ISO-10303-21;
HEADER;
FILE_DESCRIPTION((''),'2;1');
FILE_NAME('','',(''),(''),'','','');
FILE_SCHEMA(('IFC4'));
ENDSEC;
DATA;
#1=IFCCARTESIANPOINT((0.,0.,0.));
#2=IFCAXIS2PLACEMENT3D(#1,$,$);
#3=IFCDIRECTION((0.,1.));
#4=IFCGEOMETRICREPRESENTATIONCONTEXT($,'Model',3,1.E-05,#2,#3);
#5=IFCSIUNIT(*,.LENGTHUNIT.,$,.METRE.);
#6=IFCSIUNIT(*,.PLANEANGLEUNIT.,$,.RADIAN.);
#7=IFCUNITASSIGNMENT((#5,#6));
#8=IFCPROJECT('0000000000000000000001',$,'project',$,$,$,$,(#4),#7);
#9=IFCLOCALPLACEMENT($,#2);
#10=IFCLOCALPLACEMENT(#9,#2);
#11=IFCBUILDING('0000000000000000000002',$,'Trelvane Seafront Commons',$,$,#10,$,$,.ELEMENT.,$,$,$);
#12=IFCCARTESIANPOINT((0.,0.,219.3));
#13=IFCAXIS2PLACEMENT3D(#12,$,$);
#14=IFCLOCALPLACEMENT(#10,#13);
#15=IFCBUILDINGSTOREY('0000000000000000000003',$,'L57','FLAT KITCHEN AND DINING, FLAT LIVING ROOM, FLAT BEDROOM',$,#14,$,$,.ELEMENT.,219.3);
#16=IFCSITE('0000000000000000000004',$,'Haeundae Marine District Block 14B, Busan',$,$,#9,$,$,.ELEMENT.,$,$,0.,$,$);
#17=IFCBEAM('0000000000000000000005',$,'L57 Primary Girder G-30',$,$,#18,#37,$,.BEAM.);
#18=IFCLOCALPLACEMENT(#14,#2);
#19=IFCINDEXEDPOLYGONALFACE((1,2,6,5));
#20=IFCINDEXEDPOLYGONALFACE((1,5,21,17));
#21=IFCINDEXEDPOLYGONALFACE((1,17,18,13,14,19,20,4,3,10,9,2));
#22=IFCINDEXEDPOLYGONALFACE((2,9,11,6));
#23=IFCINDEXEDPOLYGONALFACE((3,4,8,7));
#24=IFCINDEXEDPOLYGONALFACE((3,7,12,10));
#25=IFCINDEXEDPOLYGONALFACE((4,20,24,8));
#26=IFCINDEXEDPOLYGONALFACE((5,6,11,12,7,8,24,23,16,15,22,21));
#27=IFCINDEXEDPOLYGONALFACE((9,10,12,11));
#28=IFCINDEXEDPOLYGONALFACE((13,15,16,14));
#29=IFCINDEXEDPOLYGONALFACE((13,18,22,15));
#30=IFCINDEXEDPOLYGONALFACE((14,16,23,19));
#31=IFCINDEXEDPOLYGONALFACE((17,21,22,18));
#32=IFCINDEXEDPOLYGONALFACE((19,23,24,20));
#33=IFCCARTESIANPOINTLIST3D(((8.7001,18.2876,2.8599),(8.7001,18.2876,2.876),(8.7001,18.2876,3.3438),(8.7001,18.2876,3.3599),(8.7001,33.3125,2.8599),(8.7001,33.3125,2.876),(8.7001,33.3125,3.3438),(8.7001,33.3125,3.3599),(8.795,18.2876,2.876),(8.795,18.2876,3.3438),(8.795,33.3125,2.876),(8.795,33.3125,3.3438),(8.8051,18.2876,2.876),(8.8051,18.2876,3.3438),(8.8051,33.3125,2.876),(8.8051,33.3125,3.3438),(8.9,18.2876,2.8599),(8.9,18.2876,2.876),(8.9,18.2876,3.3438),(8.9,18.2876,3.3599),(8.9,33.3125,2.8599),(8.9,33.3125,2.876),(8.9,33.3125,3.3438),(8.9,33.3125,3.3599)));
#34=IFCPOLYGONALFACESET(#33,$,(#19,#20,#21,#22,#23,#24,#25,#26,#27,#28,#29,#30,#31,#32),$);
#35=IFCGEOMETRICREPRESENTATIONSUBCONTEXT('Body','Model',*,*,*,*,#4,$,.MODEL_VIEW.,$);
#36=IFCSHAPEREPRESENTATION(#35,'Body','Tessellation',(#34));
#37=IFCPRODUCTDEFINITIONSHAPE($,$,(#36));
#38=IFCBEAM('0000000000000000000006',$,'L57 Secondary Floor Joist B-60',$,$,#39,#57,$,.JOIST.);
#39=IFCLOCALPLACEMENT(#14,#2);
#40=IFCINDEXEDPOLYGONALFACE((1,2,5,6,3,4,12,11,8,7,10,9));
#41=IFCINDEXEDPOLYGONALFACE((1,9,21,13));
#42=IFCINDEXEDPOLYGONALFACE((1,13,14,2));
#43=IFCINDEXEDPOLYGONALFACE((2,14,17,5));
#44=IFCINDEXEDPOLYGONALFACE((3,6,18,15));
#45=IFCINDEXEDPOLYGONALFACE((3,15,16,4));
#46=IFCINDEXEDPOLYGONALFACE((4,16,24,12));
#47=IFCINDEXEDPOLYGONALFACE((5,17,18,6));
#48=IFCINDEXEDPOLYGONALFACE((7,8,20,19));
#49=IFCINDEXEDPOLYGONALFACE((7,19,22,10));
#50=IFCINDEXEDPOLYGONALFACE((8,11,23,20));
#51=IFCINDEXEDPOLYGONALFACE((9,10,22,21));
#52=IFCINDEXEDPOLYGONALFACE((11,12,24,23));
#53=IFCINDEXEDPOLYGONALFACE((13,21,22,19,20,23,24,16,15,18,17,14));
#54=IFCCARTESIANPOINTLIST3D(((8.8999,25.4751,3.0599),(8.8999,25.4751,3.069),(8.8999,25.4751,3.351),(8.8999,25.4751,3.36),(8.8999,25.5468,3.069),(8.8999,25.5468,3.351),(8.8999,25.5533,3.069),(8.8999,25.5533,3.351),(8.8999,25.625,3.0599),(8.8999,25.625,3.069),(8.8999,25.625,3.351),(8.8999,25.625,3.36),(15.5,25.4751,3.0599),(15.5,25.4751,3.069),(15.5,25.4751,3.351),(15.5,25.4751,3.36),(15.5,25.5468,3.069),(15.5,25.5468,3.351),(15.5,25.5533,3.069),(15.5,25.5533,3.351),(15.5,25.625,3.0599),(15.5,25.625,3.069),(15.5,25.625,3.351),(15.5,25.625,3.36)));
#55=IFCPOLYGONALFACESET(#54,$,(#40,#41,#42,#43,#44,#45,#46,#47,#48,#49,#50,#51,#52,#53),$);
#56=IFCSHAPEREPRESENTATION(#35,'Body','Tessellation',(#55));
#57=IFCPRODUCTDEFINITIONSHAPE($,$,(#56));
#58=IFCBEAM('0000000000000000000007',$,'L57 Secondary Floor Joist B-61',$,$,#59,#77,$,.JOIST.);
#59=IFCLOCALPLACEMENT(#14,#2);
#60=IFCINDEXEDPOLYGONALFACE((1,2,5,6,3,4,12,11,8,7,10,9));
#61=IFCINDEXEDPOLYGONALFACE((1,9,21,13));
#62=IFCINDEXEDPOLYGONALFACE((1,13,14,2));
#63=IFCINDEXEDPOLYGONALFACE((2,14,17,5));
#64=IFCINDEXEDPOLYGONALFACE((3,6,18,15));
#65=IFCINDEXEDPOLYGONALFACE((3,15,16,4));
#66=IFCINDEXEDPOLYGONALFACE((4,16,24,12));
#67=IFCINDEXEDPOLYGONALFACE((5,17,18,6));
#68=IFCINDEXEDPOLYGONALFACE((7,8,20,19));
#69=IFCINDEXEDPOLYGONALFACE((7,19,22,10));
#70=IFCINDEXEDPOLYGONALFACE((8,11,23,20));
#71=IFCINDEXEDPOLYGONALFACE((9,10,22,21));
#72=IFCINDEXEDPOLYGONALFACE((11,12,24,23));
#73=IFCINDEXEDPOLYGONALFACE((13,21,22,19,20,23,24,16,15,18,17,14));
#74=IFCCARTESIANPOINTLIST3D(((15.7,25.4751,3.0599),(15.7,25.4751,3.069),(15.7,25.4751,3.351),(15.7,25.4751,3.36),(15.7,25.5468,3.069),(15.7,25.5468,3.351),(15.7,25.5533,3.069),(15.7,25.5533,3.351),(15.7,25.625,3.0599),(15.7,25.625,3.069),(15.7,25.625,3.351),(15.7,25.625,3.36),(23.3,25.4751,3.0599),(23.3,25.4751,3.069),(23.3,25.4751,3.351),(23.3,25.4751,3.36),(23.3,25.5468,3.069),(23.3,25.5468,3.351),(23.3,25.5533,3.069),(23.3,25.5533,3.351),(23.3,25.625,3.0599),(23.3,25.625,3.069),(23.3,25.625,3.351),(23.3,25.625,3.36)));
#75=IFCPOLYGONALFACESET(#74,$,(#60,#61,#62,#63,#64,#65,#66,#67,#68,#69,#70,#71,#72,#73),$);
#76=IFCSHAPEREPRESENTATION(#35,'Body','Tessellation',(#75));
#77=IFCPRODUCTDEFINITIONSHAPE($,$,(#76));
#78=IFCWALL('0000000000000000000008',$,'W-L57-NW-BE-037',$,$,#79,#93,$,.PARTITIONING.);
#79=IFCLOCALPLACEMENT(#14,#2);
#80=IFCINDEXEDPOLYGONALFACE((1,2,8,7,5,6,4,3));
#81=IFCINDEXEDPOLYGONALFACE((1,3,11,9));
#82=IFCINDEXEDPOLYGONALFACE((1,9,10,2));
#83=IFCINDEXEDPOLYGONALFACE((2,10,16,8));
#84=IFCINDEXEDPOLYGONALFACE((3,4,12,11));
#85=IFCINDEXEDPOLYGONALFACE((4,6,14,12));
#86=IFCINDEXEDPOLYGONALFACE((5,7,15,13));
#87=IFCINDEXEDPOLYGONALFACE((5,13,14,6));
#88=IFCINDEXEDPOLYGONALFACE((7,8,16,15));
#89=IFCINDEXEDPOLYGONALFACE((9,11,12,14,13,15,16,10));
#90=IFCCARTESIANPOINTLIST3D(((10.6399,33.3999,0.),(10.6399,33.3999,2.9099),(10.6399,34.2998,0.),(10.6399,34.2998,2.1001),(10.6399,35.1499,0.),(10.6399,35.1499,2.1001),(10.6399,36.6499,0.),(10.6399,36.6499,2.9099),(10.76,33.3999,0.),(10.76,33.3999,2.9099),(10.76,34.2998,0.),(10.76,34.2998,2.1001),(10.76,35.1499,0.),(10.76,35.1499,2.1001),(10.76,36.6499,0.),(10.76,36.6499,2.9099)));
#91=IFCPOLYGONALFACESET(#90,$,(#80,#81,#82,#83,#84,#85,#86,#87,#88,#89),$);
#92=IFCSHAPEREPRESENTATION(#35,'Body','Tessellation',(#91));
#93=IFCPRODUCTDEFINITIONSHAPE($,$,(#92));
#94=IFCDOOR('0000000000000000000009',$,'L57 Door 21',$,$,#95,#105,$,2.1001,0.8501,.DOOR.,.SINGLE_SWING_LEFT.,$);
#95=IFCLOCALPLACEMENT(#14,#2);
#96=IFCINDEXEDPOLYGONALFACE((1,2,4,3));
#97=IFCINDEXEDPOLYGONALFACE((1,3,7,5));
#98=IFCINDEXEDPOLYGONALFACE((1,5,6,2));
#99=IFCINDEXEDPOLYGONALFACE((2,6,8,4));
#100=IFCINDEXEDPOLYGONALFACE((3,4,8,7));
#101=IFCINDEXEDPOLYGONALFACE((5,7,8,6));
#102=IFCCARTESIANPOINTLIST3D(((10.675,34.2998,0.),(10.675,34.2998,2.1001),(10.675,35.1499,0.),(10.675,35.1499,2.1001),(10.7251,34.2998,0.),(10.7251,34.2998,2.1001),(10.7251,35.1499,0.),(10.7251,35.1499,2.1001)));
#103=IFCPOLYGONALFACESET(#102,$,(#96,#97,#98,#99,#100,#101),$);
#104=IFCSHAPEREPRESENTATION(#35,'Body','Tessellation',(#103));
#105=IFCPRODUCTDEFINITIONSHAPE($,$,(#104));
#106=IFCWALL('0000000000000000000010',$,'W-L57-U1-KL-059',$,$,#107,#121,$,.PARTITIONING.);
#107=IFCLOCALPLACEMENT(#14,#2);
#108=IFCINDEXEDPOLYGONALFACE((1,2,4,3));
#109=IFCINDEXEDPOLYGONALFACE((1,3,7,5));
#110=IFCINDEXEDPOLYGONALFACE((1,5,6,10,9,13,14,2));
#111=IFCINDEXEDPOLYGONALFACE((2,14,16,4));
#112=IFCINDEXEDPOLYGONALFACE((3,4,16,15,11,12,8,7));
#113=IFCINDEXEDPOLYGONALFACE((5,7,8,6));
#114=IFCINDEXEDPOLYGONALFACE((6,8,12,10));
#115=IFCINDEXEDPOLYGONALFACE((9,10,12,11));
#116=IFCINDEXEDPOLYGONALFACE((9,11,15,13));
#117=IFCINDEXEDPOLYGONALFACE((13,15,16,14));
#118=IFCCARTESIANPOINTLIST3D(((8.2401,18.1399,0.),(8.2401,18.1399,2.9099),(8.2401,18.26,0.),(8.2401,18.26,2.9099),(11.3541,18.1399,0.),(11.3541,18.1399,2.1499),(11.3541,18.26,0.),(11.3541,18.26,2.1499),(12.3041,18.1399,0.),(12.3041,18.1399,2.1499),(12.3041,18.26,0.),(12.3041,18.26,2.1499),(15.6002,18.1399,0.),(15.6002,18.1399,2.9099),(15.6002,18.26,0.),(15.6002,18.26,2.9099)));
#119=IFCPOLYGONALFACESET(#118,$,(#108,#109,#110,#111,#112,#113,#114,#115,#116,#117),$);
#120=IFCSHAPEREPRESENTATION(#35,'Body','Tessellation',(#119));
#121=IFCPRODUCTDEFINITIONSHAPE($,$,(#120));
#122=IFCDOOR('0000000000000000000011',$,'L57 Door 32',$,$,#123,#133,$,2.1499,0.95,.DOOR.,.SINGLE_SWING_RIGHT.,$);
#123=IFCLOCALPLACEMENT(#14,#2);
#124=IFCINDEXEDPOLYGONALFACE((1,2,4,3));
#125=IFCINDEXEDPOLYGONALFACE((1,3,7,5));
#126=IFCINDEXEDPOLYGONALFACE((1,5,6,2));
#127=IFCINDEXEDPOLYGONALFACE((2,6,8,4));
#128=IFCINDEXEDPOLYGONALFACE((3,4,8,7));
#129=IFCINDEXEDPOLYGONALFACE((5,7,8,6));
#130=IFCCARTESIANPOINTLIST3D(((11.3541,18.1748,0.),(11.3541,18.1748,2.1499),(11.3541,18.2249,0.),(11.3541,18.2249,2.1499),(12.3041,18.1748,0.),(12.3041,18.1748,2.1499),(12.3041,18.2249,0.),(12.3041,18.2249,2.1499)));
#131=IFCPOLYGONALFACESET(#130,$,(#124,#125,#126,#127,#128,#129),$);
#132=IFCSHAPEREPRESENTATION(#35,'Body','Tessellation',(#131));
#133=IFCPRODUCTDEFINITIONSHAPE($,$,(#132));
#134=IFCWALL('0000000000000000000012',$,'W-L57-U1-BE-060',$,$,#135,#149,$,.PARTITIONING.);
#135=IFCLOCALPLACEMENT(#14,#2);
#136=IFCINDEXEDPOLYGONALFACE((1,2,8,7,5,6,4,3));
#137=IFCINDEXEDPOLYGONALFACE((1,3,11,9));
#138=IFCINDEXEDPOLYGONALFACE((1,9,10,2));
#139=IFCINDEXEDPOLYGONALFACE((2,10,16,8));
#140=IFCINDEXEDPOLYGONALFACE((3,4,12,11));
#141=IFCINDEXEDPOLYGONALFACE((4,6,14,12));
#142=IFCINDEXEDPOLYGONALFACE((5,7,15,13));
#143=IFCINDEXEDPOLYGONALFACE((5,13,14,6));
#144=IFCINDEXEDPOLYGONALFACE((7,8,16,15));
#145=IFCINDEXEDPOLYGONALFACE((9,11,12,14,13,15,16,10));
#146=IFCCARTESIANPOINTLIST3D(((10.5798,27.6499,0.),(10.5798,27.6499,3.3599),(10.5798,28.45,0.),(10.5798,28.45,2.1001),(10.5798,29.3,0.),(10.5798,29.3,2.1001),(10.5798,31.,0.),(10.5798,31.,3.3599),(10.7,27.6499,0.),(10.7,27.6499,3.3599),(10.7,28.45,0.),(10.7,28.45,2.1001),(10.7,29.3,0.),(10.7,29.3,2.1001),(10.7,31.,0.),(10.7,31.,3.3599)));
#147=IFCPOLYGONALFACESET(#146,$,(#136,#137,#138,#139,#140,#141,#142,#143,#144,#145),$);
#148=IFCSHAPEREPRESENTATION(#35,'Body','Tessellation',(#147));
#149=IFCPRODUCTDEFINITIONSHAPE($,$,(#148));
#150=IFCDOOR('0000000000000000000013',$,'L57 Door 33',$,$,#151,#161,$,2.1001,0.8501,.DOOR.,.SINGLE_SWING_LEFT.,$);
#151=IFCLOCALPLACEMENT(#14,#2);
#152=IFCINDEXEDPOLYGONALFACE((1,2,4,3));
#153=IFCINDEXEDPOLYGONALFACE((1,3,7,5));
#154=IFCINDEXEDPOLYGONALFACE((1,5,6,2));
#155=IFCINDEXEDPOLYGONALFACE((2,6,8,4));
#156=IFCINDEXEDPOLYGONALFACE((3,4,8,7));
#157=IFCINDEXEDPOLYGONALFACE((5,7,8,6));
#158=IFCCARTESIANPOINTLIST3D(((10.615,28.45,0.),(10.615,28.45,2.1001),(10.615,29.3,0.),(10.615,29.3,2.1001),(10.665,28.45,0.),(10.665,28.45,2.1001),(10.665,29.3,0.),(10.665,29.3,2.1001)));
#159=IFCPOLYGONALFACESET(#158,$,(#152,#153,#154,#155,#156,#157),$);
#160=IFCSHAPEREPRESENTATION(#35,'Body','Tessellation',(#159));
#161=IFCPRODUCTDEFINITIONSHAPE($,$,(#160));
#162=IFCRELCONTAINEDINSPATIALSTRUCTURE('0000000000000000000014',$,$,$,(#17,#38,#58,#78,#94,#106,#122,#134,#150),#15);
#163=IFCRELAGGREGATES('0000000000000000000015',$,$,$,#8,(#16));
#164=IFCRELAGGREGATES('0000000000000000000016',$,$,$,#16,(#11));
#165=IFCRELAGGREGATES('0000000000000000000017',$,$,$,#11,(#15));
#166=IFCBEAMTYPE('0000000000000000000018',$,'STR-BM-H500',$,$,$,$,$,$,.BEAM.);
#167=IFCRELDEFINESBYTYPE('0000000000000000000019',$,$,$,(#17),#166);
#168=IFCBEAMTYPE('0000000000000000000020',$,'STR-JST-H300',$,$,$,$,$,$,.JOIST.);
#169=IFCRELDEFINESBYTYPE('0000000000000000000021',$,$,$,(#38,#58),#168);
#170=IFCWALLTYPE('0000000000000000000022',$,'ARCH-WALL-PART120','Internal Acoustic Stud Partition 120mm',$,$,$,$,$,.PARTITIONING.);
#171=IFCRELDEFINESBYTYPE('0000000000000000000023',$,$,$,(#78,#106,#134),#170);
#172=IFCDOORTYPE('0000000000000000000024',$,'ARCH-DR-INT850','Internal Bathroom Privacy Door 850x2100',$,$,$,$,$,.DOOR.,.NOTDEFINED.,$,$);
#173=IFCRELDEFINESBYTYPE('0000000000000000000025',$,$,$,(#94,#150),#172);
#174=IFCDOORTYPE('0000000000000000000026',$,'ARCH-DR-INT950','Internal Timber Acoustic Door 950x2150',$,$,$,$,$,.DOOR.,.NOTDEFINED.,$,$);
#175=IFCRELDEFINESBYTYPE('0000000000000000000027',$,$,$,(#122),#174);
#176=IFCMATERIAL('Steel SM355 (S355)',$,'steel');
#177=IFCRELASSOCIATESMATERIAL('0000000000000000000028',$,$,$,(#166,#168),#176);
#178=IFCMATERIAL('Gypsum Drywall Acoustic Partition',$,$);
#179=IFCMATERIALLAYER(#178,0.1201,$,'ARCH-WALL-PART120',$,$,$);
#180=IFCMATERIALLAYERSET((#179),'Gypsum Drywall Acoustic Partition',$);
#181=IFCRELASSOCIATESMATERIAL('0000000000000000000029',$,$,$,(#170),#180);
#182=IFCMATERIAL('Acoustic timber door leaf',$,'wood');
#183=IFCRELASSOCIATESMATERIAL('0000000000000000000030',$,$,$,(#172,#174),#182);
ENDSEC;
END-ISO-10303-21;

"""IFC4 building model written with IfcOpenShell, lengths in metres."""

from ifc_helpers import new_model, si_unit, direction, frame, frame_2d, origin, origin_2d, place, context, subcontext, project, spatial, rectangle, i_section, extrude, source, transform, mapped, material, layer, layer_set, material_profile, profile_set, type_object, element, fill, save


model = new_model("IFC4")

# Units and contexts
model_context = context("Model", 3, precision=1e-05, world=origin(), true_north=direction((0.0, 1.0)))
body_context = subcontext(model_context, "Body", "Model", "MODEL_VIEW")
ifc_project = project(units=[si_unit("LENGTHUNIT", "METRE"), si_unit("PLANEANGLEUNIT", "RADIAN")], contexts=[model_context])

# Site, building, storey
site_placement = place(None, origin())
site = spatial("IfcSite", under=ifc_project, at=site_placement, Name="Haeundae Marine District Block 14B, Busan", CompositionType="ELEMENT", RefElevation=0.0)
building_placement = place(site_placement, origin())
building = spatial("IfcBuilding", under=site, at=building_placement, Name="Trelvane Seafront Commons", CompositionType="ELEMENT")
storey_placement = place(building_placement, frame((0.0, 0.0, 219.3)))
storey = spatial("IfcBuildingStorey", under=building, at=storey_placement, Name="L57", Description="FLAT KITCHEN AND DINING, FLAT LIVING ROOM, FLAT BEDROOM", CompositionType="ELEMENT", Elevation=219.3)

# Shared definitions
ifc_material_1 = material(Name="Steel SM355 (S355)", Category="steel")

# Beams
ifc_material_profile_1 = material_profile(ifc_material_1, i_section(OverallWidth=0.2, OverallDepth=0.5, WebThickness=0.01, FlangeThickness=0.0161, at=origin_2d()), Name="H-500x200x10x16")
ifc_profile_set_1 = profile_set([ifc_material_profile_1], Name="Steel SM355 (S355)")
beam_type_1 = type_object("IfcBeamType", Name="STR-BM-H500", PredefinedType="BEAM", material=ifc_profile_set_1)
shared_shape_1 = source(origin(), body_context, "Body", "SweptSolid", [
    extrude(i_section(OverallWidth=0.2, OverallDepth=0.5, WebThickness=0.01, FlangeThickness=0.0161, at=origin_2d()), origin(), (0.0, 0.0, 1.0), 15.0249),
])
beam_1_placement = place(storey_placement, frame((8.8, 18.2876, 3.1099), z_axis=(0.0, 1.0, 0.0), x_axis=(-1.0, 0.0, 0.0)))
element("IfcBeam", 1, at=beam_1_placement, inside=storey, type_object=beam_type_1, Name="L57 Primary Girder G-30", PredefinedType="BEAM", context=body_context, shape_type="MappedRepresentation", body=[
    mapped(shared_shape_1, transform((0.0, 0.0, 0.0), x_axis=(1.0, 0.0, 0.0), y_axis=(0.0, 1.0, 0.0), z_axis=(0.0, 0.0, 1.0), scale=1.0)),
])
ifc_material_profile_2 = material_profile(ifc_material_1, i_section(OverallWidth=0.1499, OverallDepth=0.3, WebThickness=0.0066, FlangeThickness=0.009, at=origin_2d()), Name="H-300x150x6.5x9")
ifc_profile_set_2 = profile_set([ifc_material_profile_2], Name="Steel SM355 (S355)")
beam_type_2 = type_object("IfcBeamType", Name="STR-JST-H300", PredefinedType="JOIST", material=ifc_profile_set_2)
shared_shape_2 = source(origin(), body_context, "Body", "SweptSolid", [
    extrude(i_section(OverallWidth=0.1499, OverallDepth=0.3, WebThickness=0.0066, FlangeThickness=0.009, at=origin_2d()), origin(), (0.0, 0.0, 1.0), 6.6001),
])
beam_2_placement = place(storey_placement, frame((8.8999, 25.55, 3.21), z_axis=(1.0, 0.0, 0.0), x_axis=(0.0, 1.0, 0.0)))
element("IfcBeam", 2, at=beam_2_placement, inside=storey, type_object=beam_type_2, Name="L57 Secondary Floor Joist B-60", PredefinedType="JOIST", context=body_context, shape_type="MappedRepresentation", body=[
    mapped(shared_shape_2, transform((0.0, 0.0, 0.0), x_axis=(1.0, 0.0, 0.0), y_axis=(0.0, 1.0, 0.0), z_axis=(0.0, 0.0, 1.0), scale=1.0)),
])
shared_shape_3 = source(origin(), body_context, "Body", "SweptSolid", [
    extrude(i_section(OverallWidth=0.1499, OverallDepth=0.3, WebThickness=0.0066, FlangeThickness=0.009, at=origin_2d()), origin(), (0.0, 0.0, 1.0), 7.6001),
])
beam_3_placement = place(storey_placement, frame((15.7, 25.55, 3.21), z_axis=(1.0, 0.0, 0.0), x_axis=(0.0, 1.0, 0.0)))
element("IfcBeam", 3, at=beam_3_placement, inside=storey, type_object=beam_type_2, Name="L57 Secondary Floor Joist B-61", PredefinedType="JOIST", context=body_context, shape_type="MappedRepresentation", body=[
    mapped(shared_shape_3, transform((0.0, 0.0, 0.0), x_axis=(1.0, 0.0, 0.0), y_axis=(0.0, 1.0, 0.0), z_axis=(0.0, 0.0, 1.0), scale=1.0)),
])

# Walls, openings, doors
ifc_material_2 = material(Name="Gypsum Drywall Acoustic Partition")
ifc_layer_1 = layer(ifc_material_2, 0.1201, Name="ARCH-WALL-PART120")
ifc_layer_set_1 = layer_set([ifc_layer_1], Name="Gypsum Drywall Acoustic Partition")
wall_type_1 = type_object("IfcWallType", Name="ARCH-WALL-PART120", Description="Internal Acoustic Stud Partition 120mm", PredefinedType="PARTITIONING", material=ifc_layer_set_1)
wall_1_placement = place(storey_placement, frame((10.7, 33.3999, 0.0), z_axis=(0.0, 0.0, 1.0), x_axis=(0.0, 1.0, 0.0)))
wall_1 = element("IfcWall", 4, at=wall_1_placement, inside=storey, type_object=wall_type_1, Name="W-L57-NW-BE-037", PredefinedType="PARTITIONING", context=body_context, shape_type="SweptSolid", body=[
    extrude(rectangle(XDim=3.25, YDim=0.1201, at=frame_2d((1.625, 0.0))), origin(), (0.0, 0.0, 1.0), 2.9099),
])
opening_1_placement = place(wall_1_placement, frame((0.8999, 0.0, 0.0)))
opening_1 = element("IfcOpeningElement", 5, at=opening_1_placement, cuts=wall_1, PredefinedType="OPENING", context=body_context, shape_type="SweptSolid", body=[
    extrude(rectangle(XDim=0.8501, YDim=2.1001, at=frame_2d((0.425, 1.05))), frame((0.0, 0.0701, 0.0), z_axis=(0.0, -1.0, 0.0), x_axis=(1.0, 0.0, 0.0)), (0.0, 0.0, 1.0), 0.1401),
])
ifc_material_3 = material(Name="Acoustic timber door leaf", Category="wood")
door_type_1 = type_object("IfcDoorType", Name="ARCH-DR-INT850", Description="Internal Bathroom Privacy Door 850x2100", OperationType="NOTDEFINED", PredefinedType="DOOR", material=ifc_material_3)
shared_shape_4 = source(origin(), body_context, "Body", "SweptSolid", [
    extrude(rectangle(XDim=0.8501, YDim=2.1001, at=frame_2d((0.425, 1.05))), frame((0.0, 0.0249, 0.0), z_axis=(0.0, -1.0, 0.0), x_axis=(1.0, 0.0, 0.0)), (0.0, 0.0, 1.0), 0.05),
])
door_1_placement = place(opening_1_placement, origin())
door_1 = element("IfcDoor", 6, at=door_1_placement, inside=storey, type_object=door_type_1, Name="L57 Door 21", OperationType="SINGLE_SWING_LEFT", OverallHeight=2.1001, OverallWidth=0.8501, PredefinedType="DOOR", context=body_context, shape_type="MappedRepresentation", body=[
    mapped(shared_shape_4, transform((0.0, 0.0, 0.0), x_axis=(1.0, 0.0, 0.0), y_axis=(0.0, 1.0, 0.0), z_axis=(0.0, 0.0, 1.0), scale=1.0)),
])
fill(opening_1, door_1)
wall_2_placement = place(storey_placement, frame((8.24, 18.2, 0.0), z_axis=(0.0, 0.0, 1.0), x_axis=(1.0, 0.0, 0.0)))
wall_2 = element("IfcWall", 7, at=wall_2_placement, inside=storey, type_object=wall_type_1, Name="W-L57-U1-KL-059", PredefinedType="PARTITIONING", context=body_context, shape_type="SweptSolid", body=[
    extrude(rectangle(XDim=7.3601, YDim=0.1201, at=frame_2d((3.6802, 0.0))), origin(), (0.0, 0.0, 1.0), 2.9099),
])
opening_2_placement = place(wall_2_placement, frame((3.114, 0.0, 0.0)))
opening_2 = element("IfcOpeningElement", 8, at=opening_2_placement, cuts=wall_2, PredefinedType="OPENING", context=body_context, shape_type="SweptSolid", body=[
    extrude(rectangle(XDim=0.95, YDim=2.1499, at=frame_2d((0.4751, 1.075))), frame((0.0, 0.0701, 0.0), z_axis=(0.0, -1.0, 0.0), x_axis=(1.0, 0.0, 0.0)), (0.0, 0.0, 1.0), 0.1401),
])
door_type_2 = type_object("IfcDoorType", Name="ARCH-DR-INT950", Description="Internal Timber Acoustic Door 950x2150", OperationType="NOTDEFINED", PredefinedType="DOOR", material=ifc_material_3)
shared_shape_5 = source(origin(), body_context, "Body", "SweptSolid", [
    extrude(rectangle(XDim=0.95, YDim=2.1499, at=frame_2d((0.4751, 1.075))), frame((0.0, 0.0249, 0.0), z_axis=(0.0, -1.0, 0.0), x_axis=(1.0, 0.0, 0.0)), (0.0, 0.0, 1.0), 0.05),
])
door_2_placement = place(opening_2_placement, origin())
door_2 = element("IfcDoor", 9, at=door_2_placement, inside=storey, type_object=door_type_2, Name="L57 Door 32", OperationType="SINGLE_SWING_RIGHT", OverallHeight=2.1499, OverallWidth=0.95, PredefinedType="DOOR", context=body_context, shape_type="MappedRepresentation", body=[
    mapped(shared_shape_5, transform((0.0, 0.0, 0.0), x_axis=(1.0, 0.0, 0.0), y_axis=(0.0, 1.0, 0.0), z_axis=(0.0, 0.0, 1.0), scale=1.0)),
])
fill(opening_2, door_2)
wall_3_placement = place(storey_placement, frame((10.6399, 27.6499, 0.0), z_axis=(0.0, 0.0, 1.0), x_axis=(0.0, 1.0, 0.0)))
wall_3 = element("IfcWall", 10, at=wall_3_placement, inside=storey, type_object=wall_type_1, Name="W-L57-U1-BE-060", PredefinedType="PARTITIONING", context=body_context, shape_type="SweptSolid", body=[
    extrude(rectangle(XDim=3.3501, YDim=0.1201, at=frame_2d((1.675, 0.0))), origin(), (0.0, 0.0, 1.0), 3.3599),
])
opening_3_placement = place(wall_3_placement, frame((0.8, 0.0, 0.0)))
opening_3 = element("IfcOpeningElement", 11, at=opening_3_placement, cuts=wall_3, PredefinedType="OPENING", context=body_context, shape_type="SweptSolid", body=[
    extrude(rectangle(XDim=0.8501, YDim=2.1001, at=frame_2d((0.425, 1.05))), frame((0.0, 0.0701, 0.0), z_axis=(0.0, -1.0, 0.0), x_axis=(1.0, 0.0, 0.0)), (0.0, 0.0, 1.0), 0.1401),
])
door_3_placement = place(opening_3_placement, origin())
door_3 = element("IfcDoor", 12, at=door_3_placement, inside=storey, type_object=door_type_1, Name="L57 Door 33", OperationType="SINGLE_SWING_LEFT", OverallHeight=2.1001, OverallWidth=0.8501, PredefinedType="DOOR", context=body_context, shape_type="MappedRepresentation", body=[
    mapped(shared_shape_4, transform((0.0, 0.0, 0.0), x_axis=(1.0, 0.0, 0.0), y_axis=(0.0, 1.0, 0.0), z_axis=(0.0, 0.0, 1.0), scale=1.0)),
])
fill(opening_3, door_3)

save(model, "model.ifc")
